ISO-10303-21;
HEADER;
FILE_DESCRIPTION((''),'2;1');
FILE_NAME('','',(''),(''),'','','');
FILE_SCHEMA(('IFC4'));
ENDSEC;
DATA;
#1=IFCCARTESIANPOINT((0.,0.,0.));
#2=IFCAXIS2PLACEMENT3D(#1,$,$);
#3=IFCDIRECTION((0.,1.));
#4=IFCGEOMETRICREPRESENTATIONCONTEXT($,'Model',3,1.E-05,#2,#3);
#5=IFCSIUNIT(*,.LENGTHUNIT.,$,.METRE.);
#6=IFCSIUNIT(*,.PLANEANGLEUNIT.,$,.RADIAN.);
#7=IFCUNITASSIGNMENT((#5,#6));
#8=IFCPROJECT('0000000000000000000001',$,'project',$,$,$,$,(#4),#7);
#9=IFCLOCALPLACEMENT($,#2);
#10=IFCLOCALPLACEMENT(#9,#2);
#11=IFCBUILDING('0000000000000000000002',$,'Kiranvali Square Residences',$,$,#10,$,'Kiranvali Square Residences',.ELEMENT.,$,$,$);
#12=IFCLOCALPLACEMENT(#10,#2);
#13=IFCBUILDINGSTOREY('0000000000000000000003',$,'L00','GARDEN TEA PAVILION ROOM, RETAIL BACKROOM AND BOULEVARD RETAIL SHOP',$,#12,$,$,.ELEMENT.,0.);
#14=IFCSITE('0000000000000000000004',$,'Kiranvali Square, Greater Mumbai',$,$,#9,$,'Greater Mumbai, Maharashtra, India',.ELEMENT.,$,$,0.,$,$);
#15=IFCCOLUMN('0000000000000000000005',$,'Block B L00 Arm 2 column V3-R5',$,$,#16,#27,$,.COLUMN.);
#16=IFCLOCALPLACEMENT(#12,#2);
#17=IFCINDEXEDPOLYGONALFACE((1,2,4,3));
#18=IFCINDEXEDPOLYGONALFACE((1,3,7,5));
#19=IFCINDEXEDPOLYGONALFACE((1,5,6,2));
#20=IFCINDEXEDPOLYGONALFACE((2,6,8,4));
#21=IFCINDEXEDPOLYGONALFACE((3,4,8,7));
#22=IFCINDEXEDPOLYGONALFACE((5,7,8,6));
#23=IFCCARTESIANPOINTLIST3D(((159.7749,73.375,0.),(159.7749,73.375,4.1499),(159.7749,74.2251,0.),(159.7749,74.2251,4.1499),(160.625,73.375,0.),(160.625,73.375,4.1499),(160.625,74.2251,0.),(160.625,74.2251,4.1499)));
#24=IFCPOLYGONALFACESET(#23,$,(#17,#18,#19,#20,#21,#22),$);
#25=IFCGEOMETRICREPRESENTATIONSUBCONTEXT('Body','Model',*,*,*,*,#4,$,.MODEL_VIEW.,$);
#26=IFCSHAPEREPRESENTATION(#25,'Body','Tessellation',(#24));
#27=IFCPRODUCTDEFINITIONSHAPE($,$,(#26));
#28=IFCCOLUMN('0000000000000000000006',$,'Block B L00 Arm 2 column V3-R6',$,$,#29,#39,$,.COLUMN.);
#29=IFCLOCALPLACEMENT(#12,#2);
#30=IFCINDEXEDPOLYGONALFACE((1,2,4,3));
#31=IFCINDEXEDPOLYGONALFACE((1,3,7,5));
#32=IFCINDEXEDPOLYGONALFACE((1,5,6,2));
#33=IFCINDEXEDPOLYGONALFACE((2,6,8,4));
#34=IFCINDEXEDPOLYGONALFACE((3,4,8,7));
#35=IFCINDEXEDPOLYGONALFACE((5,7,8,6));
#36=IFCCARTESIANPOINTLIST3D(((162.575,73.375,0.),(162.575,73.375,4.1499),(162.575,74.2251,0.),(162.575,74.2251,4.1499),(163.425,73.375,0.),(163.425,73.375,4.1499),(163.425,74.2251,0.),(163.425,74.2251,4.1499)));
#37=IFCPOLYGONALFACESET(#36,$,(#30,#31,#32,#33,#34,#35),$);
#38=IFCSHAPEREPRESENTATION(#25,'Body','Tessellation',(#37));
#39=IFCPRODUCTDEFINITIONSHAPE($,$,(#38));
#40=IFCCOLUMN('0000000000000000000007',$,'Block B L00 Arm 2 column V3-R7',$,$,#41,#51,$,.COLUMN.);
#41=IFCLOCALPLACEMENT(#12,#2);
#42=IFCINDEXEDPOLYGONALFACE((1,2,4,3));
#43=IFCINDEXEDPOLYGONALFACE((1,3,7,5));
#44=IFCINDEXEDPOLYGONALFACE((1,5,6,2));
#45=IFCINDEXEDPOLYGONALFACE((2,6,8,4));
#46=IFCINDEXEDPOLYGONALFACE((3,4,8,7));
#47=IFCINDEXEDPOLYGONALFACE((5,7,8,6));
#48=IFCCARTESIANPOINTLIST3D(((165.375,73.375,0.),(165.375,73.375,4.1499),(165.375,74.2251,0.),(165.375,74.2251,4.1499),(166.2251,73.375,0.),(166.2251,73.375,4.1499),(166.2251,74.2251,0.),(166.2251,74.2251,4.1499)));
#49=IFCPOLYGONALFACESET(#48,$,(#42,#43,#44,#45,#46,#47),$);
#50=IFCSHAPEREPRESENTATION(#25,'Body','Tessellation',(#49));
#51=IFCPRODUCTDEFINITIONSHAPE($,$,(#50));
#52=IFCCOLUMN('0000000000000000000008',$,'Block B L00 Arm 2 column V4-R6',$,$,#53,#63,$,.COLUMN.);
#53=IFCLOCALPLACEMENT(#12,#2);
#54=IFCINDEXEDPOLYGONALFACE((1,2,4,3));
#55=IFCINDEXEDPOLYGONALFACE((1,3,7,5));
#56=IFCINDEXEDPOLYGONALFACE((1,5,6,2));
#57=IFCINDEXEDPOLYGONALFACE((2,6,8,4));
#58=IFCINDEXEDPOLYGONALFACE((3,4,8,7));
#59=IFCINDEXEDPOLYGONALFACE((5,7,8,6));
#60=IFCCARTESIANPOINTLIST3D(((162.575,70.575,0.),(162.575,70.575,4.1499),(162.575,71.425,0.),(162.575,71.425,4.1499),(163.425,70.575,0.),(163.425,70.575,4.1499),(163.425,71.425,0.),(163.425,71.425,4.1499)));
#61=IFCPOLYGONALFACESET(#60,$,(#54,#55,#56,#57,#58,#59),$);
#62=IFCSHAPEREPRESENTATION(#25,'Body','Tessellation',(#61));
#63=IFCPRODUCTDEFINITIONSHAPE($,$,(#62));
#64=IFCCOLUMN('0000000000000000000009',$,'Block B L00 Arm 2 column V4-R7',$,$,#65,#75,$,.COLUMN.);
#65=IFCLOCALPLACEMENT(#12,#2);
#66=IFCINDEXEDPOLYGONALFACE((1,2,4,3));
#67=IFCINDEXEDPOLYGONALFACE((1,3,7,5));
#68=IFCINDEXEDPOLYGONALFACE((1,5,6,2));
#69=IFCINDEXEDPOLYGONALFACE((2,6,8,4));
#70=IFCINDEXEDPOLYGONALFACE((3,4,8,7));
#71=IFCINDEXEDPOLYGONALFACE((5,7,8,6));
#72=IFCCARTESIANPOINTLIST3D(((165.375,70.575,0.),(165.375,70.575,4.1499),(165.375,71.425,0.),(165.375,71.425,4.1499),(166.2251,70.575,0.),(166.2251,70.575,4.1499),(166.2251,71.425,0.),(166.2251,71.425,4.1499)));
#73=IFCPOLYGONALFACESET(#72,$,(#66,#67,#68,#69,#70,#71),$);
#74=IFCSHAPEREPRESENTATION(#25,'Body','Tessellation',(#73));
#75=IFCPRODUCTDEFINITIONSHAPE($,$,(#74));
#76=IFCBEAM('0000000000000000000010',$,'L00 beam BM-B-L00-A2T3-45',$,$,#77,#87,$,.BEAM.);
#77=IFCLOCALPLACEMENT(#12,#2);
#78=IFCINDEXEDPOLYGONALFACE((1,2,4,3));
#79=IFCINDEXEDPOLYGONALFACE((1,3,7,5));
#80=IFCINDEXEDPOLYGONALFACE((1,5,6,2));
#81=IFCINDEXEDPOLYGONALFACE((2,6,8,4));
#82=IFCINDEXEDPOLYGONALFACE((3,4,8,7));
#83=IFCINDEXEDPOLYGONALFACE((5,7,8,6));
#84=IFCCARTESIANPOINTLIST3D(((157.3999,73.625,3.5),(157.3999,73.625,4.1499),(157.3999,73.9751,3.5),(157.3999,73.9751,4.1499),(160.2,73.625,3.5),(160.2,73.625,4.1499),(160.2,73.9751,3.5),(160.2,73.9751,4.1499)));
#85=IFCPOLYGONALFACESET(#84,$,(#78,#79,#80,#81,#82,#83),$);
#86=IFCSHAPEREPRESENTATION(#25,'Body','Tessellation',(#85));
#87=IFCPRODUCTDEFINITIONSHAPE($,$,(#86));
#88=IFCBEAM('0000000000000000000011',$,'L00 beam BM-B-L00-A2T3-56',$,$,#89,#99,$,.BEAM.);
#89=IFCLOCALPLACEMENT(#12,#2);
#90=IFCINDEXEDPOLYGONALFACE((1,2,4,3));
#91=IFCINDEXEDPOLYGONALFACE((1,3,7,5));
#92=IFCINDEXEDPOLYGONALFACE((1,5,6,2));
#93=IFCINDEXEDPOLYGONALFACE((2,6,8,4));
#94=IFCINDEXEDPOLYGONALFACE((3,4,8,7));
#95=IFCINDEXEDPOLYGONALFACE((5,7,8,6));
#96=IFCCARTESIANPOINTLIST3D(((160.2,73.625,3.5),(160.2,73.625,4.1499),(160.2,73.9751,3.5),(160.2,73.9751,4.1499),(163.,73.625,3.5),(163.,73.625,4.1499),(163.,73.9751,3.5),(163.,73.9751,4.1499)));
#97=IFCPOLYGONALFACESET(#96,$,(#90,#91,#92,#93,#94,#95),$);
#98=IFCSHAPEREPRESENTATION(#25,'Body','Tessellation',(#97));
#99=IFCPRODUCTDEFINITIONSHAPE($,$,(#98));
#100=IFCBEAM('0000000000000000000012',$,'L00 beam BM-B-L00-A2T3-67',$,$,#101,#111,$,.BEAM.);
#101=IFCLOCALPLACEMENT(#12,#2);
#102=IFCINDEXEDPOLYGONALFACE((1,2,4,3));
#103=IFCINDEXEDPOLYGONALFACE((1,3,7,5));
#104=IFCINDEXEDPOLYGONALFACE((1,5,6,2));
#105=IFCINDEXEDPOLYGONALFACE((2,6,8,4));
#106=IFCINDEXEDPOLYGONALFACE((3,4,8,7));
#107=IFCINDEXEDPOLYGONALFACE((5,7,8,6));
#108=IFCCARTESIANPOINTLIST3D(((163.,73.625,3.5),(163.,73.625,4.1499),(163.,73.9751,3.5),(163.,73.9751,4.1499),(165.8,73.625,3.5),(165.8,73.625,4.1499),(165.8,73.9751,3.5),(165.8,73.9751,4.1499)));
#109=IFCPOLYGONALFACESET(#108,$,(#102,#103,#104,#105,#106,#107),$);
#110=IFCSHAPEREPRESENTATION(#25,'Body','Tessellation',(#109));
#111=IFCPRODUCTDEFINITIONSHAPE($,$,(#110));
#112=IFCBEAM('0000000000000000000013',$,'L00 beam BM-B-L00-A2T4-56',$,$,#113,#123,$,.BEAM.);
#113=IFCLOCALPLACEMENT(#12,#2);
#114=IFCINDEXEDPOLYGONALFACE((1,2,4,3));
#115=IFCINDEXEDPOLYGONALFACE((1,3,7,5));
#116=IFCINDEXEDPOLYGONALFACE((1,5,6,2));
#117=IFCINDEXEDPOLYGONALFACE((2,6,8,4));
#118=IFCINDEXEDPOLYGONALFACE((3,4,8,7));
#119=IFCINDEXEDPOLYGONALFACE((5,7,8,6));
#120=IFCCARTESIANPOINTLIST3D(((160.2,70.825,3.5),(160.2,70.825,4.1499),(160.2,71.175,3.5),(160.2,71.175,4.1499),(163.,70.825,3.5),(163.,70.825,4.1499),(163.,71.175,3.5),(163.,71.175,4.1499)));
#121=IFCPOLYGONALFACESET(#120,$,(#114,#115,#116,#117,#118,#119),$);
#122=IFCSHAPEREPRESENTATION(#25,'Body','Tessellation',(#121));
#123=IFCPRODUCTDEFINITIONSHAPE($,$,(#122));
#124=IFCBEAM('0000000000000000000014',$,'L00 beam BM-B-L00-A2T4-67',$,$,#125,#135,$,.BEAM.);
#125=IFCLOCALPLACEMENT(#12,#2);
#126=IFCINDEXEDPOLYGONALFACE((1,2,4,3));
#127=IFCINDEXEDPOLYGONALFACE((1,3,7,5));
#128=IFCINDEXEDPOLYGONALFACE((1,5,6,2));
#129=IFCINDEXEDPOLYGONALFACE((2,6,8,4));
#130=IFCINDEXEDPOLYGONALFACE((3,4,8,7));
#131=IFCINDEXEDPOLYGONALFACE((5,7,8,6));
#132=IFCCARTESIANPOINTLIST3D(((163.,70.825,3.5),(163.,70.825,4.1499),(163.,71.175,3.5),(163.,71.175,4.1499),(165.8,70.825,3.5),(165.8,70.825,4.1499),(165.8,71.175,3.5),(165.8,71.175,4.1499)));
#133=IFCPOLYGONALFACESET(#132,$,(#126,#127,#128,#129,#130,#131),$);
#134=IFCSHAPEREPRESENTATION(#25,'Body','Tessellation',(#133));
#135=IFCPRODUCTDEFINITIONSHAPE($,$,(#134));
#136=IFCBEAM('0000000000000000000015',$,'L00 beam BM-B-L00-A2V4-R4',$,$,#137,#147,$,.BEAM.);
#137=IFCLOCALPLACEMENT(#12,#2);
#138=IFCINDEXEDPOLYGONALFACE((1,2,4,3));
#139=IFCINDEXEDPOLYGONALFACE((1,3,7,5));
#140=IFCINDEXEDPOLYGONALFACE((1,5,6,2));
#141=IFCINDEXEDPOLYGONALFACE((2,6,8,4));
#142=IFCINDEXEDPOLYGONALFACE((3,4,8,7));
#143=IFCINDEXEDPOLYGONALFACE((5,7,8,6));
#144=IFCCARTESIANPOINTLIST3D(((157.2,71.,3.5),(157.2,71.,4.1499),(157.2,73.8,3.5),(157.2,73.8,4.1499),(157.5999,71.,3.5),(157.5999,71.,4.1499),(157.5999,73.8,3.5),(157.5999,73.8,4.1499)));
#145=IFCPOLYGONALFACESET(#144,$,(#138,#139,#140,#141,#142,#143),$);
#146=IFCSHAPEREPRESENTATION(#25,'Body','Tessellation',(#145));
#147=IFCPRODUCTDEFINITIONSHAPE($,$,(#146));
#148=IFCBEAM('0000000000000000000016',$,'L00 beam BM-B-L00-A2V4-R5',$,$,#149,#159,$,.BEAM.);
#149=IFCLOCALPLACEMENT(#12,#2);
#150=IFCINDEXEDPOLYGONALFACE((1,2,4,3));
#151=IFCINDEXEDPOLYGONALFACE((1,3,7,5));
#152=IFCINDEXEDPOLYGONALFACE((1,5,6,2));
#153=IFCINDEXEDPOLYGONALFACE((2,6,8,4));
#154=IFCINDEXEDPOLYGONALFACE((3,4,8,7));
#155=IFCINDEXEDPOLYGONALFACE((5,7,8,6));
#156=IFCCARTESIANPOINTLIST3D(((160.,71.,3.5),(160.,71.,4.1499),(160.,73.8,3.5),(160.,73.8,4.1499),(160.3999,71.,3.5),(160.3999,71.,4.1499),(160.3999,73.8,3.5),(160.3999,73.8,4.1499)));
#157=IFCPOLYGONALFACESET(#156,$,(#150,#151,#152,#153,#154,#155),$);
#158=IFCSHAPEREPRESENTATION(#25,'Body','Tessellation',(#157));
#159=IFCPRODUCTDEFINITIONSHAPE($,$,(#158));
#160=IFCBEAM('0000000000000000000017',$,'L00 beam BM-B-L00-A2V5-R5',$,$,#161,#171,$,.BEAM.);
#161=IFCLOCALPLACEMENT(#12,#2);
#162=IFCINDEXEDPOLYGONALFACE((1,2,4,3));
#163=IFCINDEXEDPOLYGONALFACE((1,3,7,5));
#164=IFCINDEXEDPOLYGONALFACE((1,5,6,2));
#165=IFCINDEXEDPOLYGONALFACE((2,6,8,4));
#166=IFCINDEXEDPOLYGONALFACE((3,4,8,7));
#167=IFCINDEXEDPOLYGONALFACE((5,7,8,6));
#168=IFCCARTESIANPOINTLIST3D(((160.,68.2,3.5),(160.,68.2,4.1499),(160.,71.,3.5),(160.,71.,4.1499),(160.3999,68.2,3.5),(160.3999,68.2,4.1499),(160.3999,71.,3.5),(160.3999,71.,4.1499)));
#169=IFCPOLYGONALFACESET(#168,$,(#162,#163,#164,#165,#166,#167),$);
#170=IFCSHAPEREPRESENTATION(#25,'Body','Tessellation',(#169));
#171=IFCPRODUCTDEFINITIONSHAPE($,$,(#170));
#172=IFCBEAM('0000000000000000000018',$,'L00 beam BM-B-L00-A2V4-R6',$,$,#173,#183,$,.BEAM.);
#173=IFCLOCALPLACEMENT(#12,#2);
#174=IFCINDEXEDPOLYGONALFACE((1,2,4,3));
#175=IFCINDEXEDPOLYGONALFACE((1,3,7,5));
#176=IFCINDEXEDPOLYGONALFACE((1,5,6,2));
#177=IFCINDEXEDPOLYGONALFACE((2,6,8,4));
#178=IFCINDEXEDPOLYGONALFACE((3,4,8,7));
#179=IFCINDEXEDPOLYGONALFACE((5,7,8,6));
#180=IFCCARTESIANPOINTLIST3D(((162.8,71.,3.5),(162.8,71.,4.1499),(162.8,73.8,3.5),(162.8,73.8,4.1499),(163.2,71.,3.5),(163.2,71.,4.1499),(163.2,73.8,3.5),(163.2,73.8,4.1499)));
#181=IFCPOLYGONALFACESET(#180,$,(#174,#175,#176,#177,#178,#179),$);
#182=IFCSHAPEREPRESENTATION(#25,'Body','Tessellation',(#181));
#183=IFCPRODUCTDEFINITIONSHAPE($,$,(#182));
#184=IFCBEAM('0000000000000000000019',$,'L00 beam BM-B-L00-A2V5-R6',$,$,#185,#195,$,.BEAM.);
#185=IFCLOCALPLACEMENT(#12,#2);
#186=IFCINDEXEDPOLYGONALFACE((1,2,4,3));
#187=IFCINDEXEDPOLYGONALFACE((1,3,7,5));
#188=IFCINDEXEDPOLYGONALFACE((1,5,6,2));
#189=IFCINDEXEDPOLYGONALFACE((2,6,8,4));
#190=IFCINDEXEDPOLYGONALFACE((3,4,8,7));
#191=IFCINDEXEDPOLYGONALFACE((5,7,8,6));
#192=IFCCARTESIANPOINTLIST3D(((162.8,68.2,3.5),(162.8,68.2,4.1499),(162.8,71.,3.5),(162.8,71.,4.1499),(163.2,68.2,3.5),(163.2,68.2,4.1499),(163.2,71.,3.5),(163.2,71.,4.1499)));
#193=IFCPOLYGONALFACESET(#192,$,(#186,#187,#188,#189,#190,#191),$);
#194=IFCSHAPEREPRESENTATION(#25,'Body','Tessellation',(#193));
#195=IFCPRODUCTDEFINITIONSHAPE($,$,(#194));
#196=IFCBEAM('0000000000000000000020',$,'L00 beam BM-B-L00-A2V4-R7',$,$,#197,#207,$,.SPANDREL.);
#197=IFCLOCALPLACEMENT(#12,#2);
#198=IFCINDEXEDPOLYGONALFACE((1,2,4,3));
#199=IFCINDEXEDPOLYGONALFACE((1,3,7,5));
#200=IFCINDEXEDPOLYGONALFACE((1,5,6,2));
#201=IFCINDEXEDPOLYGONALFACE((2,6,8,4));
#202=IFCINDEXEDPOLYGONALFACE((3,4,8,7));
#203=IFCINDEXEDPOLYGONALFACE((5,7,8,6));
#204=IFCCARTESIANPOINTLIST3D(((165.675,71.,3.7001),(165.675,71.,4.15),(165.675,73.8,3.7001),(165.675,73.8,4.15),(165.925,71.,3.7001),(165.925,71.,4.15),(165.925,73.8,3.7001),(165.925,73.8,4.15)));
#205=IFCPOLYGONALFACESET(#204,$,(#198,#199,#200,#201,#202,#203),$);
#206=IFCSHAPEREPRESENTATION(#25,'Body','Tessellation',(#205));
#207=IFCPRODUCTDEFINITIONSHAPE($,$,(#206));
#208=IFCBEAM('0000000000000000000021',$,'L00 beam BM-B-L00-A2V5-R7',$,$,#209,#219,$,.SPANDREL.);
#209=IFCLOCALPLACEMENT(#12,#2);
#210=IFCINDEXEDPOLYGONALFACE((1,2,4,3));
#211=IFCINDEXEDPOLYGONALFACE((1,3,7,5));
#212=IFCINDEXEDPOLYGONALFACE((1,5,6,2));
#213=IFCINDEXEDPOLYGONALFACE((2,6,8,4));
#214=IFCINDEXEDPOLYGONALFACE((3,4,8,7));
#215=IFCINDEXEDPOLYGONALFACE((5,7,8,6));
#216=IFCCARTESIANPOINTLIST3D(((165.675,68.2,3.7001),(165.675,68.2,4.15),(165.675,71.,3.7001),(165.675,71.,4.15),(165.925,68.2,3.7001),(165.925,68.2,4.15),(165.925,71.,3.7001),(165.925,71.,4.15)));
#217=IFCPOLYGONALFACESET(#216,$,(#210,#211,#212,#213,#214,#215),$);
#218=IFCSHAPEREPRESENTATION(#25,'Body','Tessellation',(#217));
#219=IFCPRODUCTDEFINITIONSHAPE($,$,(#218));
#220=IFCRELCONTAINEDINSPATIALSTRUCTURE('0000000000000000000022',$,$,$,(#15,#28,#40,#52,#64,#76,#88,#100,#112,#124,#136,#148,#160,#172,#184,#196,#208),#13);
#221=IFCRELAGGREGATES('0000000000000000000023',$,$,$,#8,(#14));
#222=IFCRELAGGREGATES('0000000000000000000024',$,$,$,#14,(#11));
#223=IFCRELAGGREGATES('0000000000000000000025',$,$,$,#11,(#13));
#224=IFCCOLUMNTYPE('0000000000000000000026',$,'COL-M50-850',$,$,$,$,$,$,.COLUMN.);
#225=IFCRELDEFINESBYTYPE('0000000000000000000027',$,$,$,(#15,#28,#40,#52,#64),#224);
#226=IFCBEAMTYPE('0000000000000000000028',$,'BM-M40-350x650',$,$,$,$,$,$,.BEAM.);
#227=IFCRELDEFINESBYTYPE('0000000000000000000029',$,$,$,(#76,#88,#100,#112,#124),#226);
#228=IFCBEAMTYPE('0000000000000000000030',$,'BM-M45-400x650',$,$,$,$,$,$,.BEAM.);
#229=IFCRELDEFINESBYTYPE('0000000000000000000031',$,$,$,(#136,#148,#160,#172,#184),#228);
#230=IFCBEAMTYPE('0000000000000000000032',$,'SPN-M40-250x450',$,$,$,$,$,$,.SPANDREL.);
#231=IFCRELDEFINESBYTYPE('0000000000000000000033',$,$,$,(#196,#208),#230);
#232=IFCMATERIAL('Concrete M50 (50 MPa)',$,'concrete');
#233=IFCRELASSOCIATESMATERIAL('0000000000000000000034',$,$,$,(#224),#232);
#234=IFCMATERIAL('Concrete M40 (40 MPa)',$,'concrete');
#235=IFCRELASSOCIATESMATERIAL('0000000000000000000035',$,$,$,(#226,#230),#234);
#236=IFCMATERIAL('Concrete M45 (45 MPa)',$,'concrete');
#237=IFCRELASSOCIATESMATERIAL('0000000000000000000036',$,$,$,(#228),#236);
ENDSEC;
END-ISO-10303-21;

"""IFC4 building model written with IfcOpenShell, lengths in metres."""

from ifc_helpers import new_model, si_unit, direction, frame, origin, origin_2d, place, context, subcontext, project, spatial, rectangle, extrude, material, material_profile, profile_set, type_object, element, save


model = new_model("IFC4")

# Units and contexts
model_context = context("Model", 3, precision=1e-05, world=origin(), true_north=direction((0.0, 1.0)))
body_context = subcontext(model_context, "Body", "Model", "MODEL_VIEW")
ifc_project = project(units=[si_unit("LENGTHUNIT", "METRE"), si_unit("PLANEANGLEUNIT", "RADIAN")], contexts=[model_context])

# Site, building, storey
site_placement = place(None, origin())
site = spatial("IfcSite", under=ifc_project, at=site_placement, Name="Kiranvali Square, Greater Mumbai", LongName="Greater Mumbai, Maharashtra, India", CompositionType="ELEMENT", RefElevation=0.0)
building_placement = place(site_placement, origin())
building = spatial("IfcBuilding", under=site, at=building_placement, Name="Kiranvali Square Residences", LongName="Kiranvali Square Residences", CompositionType="ELEMENT")
storey_placement = place(building_placement, origin())
storey = spatial("IfcBuildingStorey", under=building, at=storey_placement, Name="L00", Description="GARDEN TEA PAVILION ROOM, RETAIL BACKROOM AND BOULEVARD RETAIL SHOP", CompositionType="ELEMENT", Elevation=0.0)

# Columns
ifc_material_1 = material(Name="Concrete M50 (50 MPa)", Category="concrete")
ifc_material_profile_1 = material_profile(ifc_material_1, rectangle(XDim=0.8501, YDim=0.8501, at=origin_2d()), Name="RC 850x850")
ifc_profile_set_1 = profile_set([ifc_material_profile_1], Name="Concrete M50 (50 MPa)")
column_type = type_object("IfcColumnType", Name="COL-M50-850", PredefinedType="COLUMN", material=ifc_profile_set_1)
for number, where, z_axis, x_axis, name in (
    (1, (160.2, 73.8, 0.0), (0.0, 0.0, 1.0), (1.0, 0.0, 0.0), "Block B L00 Arm 2 column V3-R5"),
    (2, (163.0, 73.8, 0.0), (0.0, 0.0, 1.0), (1.0, 0.0, 0.0), "Block B L00 Arm 2 column V3-R6"),
    (3, (165.8, 73.8, 0.0), (0.0, 0.0, 1.0), (1.0, 0.0, 0.0), "Block B L00 Arm 2 column V3-R7"),
    (4, (163.0, 71.0, 0.0), (0.0, 0.0, 1.0), (1.0, 0.0, 0.0), "Block B L00 Arm 2 column V4-R6"),
    (5, (165.8, 71.0, 0.0), (0.0, 0.0, 1.0), (1.0, 0.0, 0.0), "Block B L00 Arm 2 column V4-R7"),
):
    element("IfcColumn", number, at=place(storey_placement, frame(where, z_axis=z_axis, x_axis=x_axis)), inside=storey, type_object=column_type, Name=name, PredefinedType="COLUMN", context=body_context, shape_type="SweptSolid", body=[
        extrude(rectangle(XDim=0.8501, YDim=0.8501, at=origin_2d()), origin(), (0.0, 0.0, 1.0), 4.1499),
    ])

# Beams
ifc_material_2 = material(Name="Concrete M40 (40 MPa)", Category="concrete")
ifc_material_profile_2 = material_profile(ifc_material_2, rectangle(XDim=0.3501, YDim=0.6499, at=origin_2d()), Name="RC 350x650")
ifc_profile_set_2 = profile_set([ifc_material_profile_2], Name="Concrete M40 (40 MPa)")
beam_type_1 = type_object("IfcBeamType", Name="BM-M40-350x650", PredefinedType="BEAM", material=ifc_profile_set_2)
for number, where, z_axis, x_axis, name in (
    (6, (157.3999, 73.8, 3.825), (1.0, 0.0, 0.0), (0.0, 1.0, 0.0), "L00 beam BM-B-L00-A2T3-45"),
    (7, (160.2, 73.8, 3.825), (1.0, 0.0, 0.0), (0.0, 1.0, 0.0), "L00 beam BM-B-L00-A2T3-56"),
    (8, (163.0, 73.8, 3.825), (1.0, 0.0, 0.0), (0.0, 1.0, 0.0), "L00 beam BM-B-L00-A2T3-67"),
    (9, (160.2, 71.0, 3.825), (1.0, 0.0, 0.0), (0.0, 1.0, 0.0), "L00 beam BM-B-L00-A2T4-56"),
    (10, (163.0, 71.0, 3.825), (1.0, 0.0, 0.0), (0.0, 1.0, 0.0), "L00 beam BM-B-L00-A2T4-67"),
):
    element("IfcBeam", number, at=place(storey_placement, frame(where, z_axis=z_axis, x_axis=x_axis)), inside=storey, type_object=beam_type_1, Name=name, PredefinedType="BEAM", context=body_context, shape_type="SweptSolid", body=[
        extrude(rectangle(XDim=0.3501, YDim=0.6499, at=origin_2d()), origin(), (0.0, 0.0, 1.0), 2.8),
    ])
ifc_material_3 = material(Name="Concrete M45 (45 MPa)", Category="concrete")
ifc_material_profile_3 = material_profile(ifc_material_3, rectangle(XDim=0.3999, YDim=0.6499, at=origin_2d()), Name="RC 400x650")
ifc_profile_set_3 = profile_set([ifc_material_profile_3], Name="Concrete M45 (45 MPa)")
beam_type_2 = type_object("IfcBeamType", Name="BM-M45-400x650", PredefinedType="BEAM", material=ifc_profile_set_3)
for number, where, z_axis, x_axis, name in (
    (11, (157.3999, 73.8, 3.825), (0.0, -1.0, 0.0), (1.0, 0.0, 0.0), "L00 beam BM-B-L00-A2V4-R4"),
    (12, (160.2, 73.8, 3.825), (0.0, -1.0, 0.0), (1.0, 0.0, 0.0), "L00 beam BM-B-L00-A2V4-R5"),
    (13, (160.2, 71.0, 3.825), (0.0, -1.0, 0.0), (1.0, 0.0, 0.0), "L00 beam BM-B-L00-A2V5-R5"),
    (14, (163.0, 73.8, 3.825), (0.0, -1.0, 0.0), (1.0, 0.0, 0.0), "L00 beam BM-B-L00-A2V4-R6"),
    (15, (163.0, 71.0, 3.825), (0.0, -1.0, 0.0), (1.0, 0.0, 0.0), "L00 beam BM-B-L00-A2V5-R6"),
):
    element("IfcBeam", number, at=place(storey_placement, frame(where, z_axis=z_axis, x_axis=x_axis)), inside=storey, type_object=beam_type_2, Name=name, PredefinedType="BEAM", context=body_context, shape_type="SweptSolid", body=[
        extrude(rectangle(XDim=0.3999, YDim=0.6499, at=origin_2d()), origin(), (0.0, 0.0, 1.0), 2.8),
    ])
ifc_material_profile_4 = material_profile(ifc_material_2, rectangle(XDim=0.25, YDim=0.45, at=origin_2d()), Name="RC 250x450")
ifc_profile_set_4 = profile_set([ifc_material_profile_4], Name="Concrete M40 (40 MPa)")
beam_type_3 = type_object("IfcBeamType", Name="SPN-M40-250x450", PredefinedType="SPANDREL", material=ifc_profile_set_4)
for number, where, z_axis, x_axis, name in (
    (16, (165.8, 73.8, 3.925), (0.0, -1.0, 0.0), (1.0, 0.0, 0.0), "L00 beam BM-B-L00-A2V4-R7"),
    (17, (165.8, 71.0, 3.925), (0.0, -1.0, 0.0), (1.0, 0.0, 0.0), "L00 beam BM-B-L00-A2V5-R7"),
):
    element("IfcBeam", number, at=place(storey_placement, frame(where, z_axis=z_axis, x_axis=x_axis)), inside=storey, type_object=beam_type_3, Name=name, PredefinedType="SPANDREL", context=body_context, shape_type="SweptSolid", body=[
        extrude(rectangle(XDim=0.25, YDim=0.45, at=origin_2d()), origin(), (0.0, 0.0, 1.0), 2.8),
    ])

save(model, "model.ifc")
